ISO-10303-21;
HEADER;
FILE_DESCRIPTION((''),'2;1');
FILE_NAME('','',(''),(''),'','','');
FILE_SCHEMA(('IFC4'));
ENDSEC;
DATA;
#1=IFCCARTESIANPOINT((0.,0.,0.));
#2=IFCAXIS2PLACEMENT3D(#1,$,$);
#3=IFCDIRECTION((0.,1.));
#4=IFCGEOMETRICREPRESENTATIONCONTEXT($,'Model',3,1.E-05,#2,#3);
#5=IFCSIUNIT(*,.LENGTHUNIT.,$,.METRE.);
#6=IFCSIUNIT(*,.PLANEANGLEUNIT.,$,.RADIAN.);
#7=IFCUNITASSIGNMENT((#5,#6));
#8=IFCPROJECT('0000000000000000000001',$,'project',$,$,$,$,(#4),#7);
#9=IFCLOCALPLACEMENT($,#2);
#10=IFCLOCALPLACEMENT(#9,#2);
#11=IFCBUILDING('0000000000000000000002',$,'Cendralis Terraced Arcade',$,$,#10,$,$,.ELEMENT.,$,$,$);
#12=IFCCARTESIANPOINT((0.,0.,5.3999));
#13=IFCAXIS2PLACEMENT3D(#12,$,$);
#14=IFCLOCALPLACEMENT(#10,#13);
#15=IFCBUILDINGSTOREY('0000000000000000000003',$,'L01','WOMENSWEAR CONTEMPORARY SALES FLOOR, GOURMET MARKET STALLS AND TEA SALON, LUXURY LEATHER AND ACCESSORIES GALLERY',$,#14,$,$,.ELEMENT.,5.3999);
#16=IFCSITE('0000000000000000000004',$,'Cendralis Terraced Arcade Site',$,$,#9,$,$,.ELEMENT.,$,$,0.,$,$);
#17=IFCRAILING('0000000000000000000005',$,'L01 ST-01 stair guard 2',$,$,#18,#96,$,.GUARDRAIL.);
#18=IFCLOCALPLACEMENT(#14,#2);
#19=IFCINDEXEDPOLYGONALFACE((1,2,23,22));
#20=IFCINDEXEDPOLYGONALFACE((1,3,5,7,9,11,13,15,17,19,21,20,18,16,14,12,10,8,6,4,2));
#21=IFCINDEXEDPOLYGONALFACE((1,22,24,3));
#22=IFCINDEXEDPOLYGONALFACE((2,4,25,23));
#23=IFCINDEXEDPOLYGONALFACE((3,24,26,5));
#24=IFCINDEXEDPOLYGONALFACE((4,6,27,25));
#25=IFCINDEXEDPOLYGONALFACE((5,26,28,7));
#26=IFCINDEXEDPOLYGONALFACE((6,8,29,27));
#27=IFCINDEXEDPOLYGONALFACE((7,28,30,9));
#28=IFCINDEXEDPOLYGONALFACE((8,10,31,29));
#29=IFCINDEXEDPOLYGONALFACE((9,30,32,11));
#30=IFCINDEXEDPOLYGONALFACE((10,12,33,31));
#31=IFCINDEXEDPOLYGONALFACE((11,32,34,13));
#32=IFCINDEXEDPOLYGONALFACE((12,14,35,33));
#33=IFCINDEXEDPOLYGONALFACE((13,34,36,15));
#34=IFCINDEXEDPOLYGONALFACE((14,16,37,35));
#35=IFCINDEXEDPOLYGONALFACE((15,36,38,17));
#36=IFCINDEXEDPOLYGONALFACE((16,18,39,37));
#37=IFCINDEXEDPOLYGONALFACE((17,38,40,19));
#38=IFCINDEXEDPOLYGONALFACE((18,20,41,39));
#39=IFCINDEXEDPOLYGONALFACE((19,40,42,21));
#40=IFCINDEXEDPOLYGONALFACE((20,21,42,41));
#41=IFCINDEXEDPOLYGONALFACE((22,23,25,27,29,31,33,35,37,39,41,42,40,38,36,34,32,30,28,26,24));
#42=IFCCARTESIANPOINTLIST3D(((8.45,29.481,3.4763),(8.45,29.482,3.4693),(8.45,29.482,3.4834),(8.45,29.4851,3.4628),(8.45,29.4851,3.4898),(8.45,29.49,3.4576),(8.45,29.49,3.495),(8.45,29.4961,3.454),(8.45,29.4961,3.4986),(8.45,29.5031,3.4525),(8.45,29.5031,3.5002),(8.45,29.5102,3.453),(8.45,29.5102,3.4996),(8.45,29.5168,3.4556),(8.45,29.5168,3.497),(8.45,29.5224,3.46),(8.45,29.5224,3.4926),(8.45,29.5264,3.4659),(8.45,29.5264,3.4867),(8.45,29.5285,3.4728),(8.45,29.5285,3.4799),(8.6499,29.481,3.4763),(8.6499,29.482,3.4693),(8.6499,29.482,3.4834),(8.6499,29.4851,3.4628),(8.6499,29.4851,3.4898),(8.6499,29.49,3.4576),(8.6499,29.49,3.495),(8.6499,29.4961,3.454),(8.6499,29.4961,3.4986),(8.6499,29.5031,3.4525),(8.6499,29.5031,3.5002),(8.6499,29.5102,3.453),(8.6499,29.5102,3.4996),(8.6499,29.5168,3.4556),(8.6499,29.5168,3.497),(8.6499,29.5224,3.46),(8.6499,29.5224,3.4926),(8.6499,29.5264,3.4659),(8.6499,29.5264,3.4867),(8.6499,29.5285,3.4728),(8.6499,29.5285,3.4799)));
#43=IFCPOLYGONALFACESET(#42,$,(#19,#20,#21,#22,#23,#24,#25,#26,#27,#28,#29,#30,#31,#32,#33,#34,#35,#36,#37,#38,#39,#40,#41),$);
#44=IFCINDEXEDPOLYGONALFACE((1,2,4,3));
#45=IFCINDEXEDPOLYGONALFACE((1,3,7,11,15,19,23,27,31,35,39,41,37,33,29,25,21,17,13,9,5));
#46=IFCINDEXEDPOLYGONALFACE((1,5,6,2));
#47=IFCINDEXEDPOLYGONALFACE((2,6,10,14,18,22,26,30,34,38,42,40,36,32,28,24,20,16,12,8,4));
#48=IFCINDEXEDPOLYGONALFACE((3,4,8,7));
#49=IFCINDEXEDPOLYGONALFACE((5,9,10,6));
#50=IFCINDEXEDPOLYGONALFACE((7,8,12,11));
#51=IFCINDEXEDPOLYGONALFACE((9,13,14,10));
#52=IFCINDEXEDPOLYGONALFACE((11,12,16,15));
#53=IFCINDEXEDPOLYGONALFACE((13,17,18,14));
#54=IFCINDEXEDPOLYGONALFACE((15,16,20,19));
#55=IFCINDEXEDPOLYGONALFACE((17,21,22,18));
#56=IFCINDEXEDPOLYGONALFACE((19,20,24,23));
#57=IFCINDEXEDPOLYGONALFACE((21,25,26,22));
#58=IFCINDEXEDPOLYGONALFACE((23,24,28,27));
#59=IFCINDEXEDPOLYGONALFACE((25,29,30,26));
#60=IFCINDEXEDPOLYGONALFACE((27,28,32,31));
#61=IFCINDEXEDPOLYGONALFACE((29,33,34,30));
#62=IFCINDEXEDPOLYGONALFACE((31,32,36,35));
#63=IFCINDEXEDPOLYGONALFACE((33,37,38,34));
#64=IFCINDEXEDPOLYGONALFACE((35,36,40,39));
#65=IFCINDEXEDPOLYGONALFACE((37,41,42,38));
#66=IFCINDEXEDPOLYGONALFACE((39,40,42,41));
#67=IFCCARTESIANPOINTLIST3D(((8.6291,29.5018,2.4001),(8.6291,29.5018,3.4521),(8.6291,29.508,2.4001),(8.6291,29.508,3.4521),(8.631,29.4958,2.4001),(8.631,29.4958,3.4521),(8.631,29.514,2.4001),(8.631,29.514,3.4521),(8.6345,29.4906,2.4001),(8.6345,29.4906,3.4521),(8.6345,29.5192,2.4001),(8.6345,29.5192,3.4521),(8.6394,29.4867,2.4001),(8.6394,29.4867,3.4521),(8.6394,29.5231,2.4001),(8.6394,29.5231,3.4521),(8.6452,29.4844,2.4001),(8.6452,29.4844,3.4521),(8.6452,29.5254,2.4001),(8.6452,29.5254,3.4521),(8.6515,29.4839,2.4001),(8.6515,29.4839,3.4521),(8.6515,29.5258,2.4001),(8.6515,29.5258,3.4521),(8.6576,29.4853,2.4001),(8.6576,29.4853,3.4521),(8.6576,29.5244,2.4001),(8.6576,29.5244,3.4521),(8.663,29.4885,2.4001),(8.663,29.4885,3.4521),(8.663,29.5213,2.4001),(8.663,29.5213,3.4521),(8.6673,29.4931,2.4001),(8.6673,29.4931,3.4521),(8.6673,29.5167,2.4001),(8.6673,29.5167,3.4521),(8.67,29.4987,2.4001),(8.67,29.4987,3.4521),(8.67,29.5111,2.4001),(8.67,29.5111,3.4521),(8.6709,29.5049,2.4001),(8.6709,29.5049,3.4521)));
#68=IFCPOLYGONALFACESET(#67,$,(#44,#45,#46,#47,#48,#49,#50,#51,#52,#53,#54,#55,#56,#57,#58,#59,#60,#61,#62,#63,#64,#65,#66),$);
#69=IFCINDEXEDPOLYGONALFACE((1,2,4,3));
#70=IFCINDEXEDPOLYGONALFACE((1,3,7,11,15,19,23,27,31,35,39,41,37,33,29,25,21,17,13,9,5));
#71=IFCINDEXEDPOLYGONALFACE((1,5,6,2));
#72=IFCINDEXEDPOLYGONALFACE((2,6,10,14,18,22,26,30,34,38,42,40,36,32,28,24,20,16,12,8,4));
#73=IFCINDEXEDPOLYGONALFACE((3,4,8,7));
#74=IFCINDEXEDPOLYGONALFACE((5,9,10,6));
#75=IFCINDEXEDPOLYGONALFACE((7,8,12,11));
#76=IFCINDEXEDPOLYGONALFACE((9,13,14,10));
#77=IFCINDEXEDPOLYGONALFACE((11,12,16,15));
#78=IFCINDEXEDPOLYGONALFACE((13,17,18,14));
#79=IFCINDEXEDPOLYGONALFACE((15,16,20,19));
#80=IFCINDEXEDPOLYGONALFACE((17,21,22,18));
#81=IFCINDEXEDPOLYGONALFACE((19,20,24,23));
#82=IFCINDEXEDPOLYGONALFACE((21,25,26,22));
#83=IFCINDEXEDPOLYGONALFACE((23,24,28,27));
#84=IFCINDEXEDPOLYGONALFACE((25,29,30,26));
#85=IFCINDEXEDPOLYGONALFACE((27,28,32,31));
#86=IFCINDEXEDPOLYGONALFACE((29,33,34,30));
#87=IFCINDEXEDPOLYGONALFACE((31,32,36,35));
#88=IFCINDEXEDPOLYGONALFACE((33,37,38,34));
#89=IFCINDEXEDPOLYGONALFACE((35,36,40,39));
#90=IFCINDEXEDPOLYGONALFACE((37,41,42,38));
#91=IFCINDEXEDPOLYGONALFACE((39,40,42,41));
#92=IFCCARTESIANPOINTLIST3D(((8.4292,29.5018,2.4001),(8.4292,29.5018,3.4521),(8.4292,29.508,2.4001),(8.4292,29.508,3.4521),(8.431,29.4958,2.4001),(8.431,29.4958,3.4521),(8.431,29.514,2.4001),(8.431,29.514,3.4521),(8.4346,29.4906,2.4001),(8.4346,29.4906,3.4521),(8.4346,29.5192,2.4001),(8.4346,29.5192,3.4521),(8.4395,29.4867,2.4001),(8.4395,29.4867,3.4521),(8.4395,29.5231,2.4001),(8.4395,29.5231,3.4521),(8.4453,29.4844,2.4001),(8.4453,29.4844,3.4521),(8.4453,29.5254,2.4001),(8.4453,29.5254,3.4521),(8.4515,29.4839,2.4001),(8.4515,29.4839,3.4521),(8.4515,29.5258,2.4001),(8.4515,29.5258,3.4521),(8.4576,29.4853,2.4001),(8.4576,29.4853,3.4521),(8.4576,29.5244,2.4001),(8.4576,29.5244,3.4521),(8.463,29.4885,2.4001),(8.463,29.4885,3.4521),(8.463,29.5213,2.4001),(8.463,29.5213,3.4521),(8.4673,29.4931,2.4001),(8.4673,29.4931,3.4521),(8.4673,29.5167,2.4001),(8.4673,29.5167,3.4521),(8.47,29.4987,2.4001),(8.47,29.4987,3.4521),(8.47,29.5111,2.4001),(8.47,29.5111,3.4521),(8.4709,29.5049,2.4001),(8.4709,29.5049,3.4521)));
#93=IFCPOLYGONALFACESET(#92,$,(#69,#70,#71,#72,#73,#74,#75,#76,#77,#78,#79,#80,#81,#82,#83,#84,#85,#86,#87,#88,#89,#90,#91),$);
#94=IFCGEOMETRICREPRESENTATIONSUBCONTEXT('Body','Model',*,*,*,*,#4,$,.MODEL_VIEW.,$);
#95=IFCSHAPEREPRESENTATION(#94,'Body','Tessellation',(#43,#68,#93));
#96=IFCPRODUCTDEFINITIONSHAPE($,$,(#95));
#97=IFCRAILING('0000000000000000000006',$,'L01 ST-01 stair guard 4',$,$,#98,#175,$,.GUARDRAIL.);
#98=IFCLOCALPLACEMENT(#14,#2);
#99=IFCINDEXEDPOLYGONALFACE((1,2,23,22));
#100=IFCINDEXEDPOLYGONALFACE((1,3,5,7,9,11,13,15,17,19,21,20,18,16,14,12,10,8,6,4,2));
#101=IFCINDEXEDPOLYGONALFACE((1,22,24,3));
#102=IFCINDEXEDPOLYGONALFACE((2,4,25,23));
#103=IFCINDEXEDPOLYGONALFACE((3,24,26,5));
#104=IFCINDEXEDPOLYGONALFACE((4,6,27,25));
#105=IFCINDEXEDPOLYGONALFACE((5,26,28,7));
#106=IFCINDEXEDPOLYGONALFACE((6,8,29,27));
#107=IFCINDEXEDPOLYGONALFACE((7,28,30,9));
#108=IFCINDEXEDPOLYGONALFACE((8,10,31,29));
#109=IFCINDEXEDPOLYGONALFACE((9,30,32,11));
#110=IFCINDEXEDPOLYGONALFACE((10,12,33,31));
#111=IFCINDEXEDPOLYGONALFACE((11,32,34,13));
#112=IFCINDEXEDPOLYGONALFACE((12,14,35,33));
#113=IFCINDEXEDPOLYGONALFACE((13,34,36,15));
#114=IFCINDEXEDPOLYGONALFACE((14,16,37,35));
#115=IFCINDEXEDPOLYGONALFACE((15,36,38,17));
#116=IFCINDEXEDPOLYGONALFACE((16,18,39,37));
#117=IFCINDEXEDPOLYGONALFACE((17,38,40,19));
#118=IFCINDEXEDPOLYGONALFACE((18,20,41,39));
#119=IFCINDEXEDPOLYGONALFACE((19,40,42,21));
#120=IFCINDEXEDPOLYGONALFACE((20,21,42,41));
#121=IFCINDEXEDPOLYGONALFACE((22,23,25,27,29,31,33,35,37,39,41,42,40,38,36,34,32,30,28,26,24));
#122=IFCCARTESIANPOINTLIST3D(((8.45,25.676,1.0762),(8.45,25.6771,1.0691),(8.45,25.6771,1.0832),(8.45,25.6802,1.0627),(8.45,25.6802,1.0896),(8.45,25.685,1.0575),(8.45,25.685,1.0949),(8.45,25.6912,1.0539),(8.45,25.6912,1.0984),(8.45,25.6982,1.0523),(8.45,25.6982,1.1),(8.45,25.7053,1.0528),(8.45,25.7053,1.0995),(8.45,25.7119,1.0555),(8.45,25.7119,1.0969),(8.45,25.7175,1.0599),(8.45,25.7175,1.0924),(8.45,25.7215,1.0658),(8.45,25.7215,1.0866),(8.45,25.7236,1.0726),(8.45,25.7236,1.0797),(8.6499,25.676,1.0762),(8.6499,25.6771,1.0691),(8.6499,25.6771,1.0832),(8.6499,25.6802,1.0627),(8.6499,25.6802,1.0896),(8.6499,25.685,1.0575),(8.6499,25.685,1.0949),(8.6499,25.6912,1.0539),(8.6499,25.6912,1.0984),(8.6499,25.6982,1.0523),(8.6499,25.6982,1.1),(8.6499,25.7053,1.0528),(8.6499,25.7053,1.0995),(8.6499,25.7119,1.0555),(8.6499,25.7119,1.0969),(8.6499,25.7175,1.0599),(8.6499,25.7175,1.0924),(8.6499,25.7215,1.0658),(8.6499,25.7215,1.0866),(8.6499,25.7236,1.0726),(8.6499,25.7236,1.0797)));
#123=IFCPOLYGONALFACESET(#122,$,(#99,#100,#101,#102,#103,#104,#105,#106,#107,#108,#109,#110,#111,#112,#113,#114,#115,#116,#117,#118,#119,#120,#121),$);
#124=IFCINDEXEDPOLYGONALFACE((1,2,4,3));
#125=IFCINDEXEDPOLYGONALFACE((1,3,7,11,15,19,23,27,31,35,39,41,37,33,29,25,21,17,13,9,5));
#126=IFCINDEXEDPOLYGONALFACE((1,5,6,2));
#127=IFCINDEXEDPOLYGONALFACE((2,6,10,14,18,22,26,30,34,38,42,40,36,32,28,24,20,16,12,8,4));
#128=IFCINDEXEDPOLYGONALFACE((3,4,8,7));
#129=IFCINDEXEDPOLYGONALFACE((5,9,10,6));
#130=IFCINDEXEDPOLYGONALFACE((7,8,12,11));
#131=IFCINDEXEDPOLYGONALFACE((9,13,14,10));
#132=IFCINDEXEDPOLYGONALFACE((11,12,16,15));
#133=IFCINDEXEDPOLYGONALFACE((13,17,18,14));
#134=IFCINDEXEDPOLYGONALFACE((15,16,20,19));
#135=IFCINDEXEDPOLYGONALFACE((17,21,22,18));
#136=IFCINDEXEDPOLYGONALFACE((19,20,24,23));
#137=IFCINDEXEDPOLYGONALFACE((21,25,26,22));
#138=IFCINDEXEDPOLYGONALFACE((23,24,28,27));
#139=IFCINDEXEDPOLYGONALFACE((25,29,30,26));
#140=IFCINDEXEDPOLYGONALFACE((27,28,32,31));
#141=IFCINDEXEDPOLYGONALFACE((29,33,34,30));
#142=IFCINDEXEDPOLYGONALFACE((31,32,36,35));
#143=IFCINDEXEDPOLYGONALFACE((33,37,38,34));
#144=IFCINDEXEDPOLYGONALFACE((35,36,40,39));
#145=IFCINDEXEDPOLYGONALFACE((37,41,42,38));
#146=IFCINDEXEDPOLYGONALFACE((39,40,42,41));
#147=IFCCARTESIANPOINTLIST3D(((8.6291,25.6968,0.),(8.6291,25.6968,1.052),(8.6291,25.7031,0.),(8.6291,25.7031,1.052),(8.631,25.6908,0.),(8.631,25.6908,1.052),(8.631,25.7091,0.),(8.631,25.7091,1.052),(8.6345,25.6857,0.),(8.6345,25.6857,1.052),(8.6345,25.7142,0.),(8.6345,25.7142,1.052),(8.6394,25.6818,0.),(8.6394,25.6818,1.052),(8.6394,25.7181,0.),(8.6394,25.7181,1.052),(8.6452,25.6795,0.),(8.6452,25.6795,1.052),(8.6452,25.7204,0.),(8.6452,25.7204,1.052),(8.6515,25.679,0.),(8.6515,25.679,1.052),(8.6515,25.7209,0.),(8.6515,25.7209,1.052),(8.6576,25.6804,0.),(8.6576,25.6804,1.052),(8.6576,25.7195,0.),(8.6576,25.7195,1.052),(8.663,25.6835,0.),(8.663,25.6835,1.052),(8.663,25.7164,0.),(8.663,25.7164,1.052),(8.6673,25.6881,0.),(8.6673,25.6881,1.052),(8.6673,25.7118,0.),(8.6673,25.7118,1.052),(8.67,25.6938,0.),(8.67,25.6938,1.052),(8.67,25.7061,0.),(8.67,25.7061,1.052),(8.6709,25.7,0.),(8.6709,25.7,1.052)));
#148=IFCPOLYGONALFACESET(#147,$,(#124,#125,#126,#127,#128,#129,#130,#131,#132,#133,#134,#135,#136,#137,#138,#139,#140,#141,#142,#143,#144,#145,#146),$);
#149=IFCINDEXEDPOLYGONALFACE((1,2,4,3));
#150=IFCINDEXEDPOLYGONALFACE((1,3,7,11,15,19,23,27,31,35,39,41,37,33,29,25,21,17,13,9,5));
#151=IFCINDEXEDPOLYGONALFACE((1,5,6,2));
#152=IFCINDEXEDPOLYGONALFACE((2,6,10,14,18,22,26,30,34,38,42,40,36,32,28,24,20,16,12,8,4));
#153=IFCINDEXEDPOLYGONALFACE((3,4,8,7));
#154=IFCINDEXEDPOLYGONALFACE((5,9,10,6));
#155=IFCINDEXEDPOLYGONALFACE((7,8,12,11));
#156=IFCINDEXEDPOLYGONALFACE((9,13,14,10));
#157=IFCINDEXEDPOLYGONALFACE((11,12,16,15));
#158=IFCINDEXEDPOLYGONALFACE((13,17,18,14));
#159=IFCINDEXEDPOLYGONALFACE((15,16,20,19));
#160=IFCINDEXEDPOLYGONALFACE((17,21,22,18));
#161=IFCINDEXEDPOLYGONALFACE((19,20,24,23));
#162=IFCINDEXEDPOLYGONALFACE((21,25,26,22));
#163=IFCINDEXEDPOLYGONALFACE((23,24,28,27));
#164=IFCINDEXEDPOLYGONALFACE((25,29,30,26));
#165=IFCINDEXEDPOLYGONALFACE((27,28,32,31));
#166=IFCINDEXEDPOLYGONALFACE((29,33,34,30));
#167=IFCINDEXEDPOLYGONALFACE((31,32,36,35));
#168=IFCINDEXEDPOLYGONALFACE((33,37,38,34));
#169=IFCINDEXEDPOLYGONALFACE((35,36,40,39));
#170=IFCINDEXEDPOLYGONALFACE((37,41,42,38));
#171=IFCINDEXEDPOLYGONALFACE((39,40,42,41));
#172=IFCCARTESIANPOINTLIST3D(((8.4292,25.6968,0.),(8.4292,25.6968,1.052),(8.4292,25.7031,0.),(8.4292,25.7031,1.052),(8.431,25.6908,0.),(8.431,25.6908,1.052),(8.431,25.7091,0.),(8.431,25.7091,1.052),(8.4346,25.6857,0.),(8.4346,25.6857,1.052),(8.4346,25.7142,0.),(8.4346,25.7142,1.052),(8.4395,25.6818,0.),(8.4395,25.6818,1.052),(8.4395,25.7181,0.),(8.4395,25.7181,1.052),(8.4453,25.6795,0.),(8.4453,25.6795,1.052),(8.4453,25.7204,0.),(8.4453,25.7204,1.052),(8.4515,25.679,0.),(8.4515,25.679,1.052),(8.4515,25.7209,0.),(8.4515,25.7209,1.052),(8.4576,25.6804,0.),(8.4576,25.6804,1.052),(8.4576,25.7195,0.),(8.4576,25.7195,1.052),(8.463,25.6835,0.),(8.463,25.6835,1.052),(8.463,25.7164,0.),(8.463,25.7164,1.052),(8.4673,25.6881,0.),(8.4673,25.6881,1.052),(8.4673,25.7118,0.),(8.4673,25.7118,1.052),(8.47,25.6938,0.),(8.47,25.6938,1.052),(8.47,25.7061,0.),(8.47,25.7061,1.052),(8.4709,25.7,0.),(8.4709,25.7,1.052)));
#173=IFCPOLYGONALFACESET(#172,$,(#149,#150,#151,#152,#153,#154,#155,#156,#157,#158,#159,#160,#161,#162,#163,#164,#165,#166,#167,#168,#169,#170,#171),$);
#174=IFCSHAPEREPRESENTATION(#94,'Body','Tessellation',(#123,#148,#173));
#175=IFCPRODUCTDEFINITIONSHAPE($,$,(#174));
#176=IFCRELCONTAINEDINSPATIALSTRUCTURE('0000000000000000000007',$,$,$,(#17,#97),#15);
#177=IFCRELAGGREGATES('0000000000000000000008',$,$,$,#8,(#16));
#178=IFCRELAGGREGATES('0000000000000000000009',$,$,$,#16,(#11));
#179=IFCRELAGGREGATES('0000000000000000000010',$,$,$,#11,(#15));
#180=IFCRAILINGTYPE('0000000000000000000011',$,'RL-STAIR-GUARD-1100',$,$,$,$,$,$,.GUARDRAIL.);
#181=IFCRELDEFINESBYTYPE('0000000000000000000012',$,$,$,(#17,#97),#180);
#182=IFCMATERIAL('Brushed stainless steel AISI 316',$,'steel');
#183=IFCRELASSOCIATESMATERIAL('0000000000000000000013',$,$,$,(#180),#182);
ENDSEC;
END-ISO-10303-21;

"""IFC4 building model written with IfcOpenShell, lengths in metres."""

from ifc_helpers import new_model, si_unit, direction, frame, origin, origin_2d, place, context, subcontext, project, spatial, circle, extrude, material, type_object, element, save


model = new_model("IFC4")

# Units and contexts
model_context = context("Model", 3, precision=1e-05, world=origin(), true_north=direction((0.0, 1.0)))
body_context = subcontext(model_context, "Body", "Model", "MODEL_VIEW")
ifc_project = project(units=[si_unit("LENGTHUNIT", "METRE"), si_unit("PLANEANGLEUNIT", "RADIAN")], contexts=[model_context])

# Site, building, storey
site_placement = place(None, origin())
site = spatial("IfcSite", under=ifc_project, at=site_placement, Name="Cendralis Terraced Arcade Site", CompositionType="ELEMENT", RefElevation=0.0)
building_placement = place(site_placement, origin())
building = spatial("IfcBuilding", under=site, at=building_placement, Name="Cendralis Terraced Arcade", CompositionType="ELEMENT")
storey_placement = place(building_placement, frame((0.0, 0.0, 5.3999)))
storey = spatial("IfcBuildingStorey", under=building, at=storey_placement, Name="L01", Description="WOMENSWEAR CONTEMPORARY SALES FLOOR, GOURMET MARKET STALLS AND TEA SALON, LUXURY LEATHER AND ACCESSORIES GALLERY", CompositionType="ELEMENT", Elevation=5.3999)

# Railings
ifc_material_1 = material(Name="Brushed stainless steel AISI 316", Category="steel")
railing_type_1 = type_object("IfcRailingType", Name="RL-STAIR-GUARD-1100", PredefinedType="GUARDRAIL", material=ifc_material_1)
for number, where, name in (
    (1, (8.6499, 29.5049, 2.4001), "L01 ST-01 stair guard 2"),
    (2, (8.6499, 25.7, 0.0), "L01 ST-01 stair guard 4"),
):
    element("IfcRailing", number, at=place(storey_placement, frame(where)), inside=storey, type_object=railing_type_1, Name=name, PredefinedType="GUARDRAIL", context=body_context, shape_type="SweptSolid", body=[
        extrude(circle(Radius=0.0239, at=origin_2d()), frame((0.0, 0.0, 1.0762), z_axis=(-1.0, 0.0, 0.0), x_axis=(0.0, -1.0, 0.0)), (0.0, 0.0, 1.0), 0.2),
        extrude(circle(Radius=0.021, at=origin_2d()), origin(), (0.0, 0.0, 1.0), 1.052),
        extrude(circle(Radius=0.021, at=origin_2d()), frame((-0.2, 0.0, 0.0)), (0.0, 0.0, 1.0), 1.052),
    ])

save(model, "model.ifc")
